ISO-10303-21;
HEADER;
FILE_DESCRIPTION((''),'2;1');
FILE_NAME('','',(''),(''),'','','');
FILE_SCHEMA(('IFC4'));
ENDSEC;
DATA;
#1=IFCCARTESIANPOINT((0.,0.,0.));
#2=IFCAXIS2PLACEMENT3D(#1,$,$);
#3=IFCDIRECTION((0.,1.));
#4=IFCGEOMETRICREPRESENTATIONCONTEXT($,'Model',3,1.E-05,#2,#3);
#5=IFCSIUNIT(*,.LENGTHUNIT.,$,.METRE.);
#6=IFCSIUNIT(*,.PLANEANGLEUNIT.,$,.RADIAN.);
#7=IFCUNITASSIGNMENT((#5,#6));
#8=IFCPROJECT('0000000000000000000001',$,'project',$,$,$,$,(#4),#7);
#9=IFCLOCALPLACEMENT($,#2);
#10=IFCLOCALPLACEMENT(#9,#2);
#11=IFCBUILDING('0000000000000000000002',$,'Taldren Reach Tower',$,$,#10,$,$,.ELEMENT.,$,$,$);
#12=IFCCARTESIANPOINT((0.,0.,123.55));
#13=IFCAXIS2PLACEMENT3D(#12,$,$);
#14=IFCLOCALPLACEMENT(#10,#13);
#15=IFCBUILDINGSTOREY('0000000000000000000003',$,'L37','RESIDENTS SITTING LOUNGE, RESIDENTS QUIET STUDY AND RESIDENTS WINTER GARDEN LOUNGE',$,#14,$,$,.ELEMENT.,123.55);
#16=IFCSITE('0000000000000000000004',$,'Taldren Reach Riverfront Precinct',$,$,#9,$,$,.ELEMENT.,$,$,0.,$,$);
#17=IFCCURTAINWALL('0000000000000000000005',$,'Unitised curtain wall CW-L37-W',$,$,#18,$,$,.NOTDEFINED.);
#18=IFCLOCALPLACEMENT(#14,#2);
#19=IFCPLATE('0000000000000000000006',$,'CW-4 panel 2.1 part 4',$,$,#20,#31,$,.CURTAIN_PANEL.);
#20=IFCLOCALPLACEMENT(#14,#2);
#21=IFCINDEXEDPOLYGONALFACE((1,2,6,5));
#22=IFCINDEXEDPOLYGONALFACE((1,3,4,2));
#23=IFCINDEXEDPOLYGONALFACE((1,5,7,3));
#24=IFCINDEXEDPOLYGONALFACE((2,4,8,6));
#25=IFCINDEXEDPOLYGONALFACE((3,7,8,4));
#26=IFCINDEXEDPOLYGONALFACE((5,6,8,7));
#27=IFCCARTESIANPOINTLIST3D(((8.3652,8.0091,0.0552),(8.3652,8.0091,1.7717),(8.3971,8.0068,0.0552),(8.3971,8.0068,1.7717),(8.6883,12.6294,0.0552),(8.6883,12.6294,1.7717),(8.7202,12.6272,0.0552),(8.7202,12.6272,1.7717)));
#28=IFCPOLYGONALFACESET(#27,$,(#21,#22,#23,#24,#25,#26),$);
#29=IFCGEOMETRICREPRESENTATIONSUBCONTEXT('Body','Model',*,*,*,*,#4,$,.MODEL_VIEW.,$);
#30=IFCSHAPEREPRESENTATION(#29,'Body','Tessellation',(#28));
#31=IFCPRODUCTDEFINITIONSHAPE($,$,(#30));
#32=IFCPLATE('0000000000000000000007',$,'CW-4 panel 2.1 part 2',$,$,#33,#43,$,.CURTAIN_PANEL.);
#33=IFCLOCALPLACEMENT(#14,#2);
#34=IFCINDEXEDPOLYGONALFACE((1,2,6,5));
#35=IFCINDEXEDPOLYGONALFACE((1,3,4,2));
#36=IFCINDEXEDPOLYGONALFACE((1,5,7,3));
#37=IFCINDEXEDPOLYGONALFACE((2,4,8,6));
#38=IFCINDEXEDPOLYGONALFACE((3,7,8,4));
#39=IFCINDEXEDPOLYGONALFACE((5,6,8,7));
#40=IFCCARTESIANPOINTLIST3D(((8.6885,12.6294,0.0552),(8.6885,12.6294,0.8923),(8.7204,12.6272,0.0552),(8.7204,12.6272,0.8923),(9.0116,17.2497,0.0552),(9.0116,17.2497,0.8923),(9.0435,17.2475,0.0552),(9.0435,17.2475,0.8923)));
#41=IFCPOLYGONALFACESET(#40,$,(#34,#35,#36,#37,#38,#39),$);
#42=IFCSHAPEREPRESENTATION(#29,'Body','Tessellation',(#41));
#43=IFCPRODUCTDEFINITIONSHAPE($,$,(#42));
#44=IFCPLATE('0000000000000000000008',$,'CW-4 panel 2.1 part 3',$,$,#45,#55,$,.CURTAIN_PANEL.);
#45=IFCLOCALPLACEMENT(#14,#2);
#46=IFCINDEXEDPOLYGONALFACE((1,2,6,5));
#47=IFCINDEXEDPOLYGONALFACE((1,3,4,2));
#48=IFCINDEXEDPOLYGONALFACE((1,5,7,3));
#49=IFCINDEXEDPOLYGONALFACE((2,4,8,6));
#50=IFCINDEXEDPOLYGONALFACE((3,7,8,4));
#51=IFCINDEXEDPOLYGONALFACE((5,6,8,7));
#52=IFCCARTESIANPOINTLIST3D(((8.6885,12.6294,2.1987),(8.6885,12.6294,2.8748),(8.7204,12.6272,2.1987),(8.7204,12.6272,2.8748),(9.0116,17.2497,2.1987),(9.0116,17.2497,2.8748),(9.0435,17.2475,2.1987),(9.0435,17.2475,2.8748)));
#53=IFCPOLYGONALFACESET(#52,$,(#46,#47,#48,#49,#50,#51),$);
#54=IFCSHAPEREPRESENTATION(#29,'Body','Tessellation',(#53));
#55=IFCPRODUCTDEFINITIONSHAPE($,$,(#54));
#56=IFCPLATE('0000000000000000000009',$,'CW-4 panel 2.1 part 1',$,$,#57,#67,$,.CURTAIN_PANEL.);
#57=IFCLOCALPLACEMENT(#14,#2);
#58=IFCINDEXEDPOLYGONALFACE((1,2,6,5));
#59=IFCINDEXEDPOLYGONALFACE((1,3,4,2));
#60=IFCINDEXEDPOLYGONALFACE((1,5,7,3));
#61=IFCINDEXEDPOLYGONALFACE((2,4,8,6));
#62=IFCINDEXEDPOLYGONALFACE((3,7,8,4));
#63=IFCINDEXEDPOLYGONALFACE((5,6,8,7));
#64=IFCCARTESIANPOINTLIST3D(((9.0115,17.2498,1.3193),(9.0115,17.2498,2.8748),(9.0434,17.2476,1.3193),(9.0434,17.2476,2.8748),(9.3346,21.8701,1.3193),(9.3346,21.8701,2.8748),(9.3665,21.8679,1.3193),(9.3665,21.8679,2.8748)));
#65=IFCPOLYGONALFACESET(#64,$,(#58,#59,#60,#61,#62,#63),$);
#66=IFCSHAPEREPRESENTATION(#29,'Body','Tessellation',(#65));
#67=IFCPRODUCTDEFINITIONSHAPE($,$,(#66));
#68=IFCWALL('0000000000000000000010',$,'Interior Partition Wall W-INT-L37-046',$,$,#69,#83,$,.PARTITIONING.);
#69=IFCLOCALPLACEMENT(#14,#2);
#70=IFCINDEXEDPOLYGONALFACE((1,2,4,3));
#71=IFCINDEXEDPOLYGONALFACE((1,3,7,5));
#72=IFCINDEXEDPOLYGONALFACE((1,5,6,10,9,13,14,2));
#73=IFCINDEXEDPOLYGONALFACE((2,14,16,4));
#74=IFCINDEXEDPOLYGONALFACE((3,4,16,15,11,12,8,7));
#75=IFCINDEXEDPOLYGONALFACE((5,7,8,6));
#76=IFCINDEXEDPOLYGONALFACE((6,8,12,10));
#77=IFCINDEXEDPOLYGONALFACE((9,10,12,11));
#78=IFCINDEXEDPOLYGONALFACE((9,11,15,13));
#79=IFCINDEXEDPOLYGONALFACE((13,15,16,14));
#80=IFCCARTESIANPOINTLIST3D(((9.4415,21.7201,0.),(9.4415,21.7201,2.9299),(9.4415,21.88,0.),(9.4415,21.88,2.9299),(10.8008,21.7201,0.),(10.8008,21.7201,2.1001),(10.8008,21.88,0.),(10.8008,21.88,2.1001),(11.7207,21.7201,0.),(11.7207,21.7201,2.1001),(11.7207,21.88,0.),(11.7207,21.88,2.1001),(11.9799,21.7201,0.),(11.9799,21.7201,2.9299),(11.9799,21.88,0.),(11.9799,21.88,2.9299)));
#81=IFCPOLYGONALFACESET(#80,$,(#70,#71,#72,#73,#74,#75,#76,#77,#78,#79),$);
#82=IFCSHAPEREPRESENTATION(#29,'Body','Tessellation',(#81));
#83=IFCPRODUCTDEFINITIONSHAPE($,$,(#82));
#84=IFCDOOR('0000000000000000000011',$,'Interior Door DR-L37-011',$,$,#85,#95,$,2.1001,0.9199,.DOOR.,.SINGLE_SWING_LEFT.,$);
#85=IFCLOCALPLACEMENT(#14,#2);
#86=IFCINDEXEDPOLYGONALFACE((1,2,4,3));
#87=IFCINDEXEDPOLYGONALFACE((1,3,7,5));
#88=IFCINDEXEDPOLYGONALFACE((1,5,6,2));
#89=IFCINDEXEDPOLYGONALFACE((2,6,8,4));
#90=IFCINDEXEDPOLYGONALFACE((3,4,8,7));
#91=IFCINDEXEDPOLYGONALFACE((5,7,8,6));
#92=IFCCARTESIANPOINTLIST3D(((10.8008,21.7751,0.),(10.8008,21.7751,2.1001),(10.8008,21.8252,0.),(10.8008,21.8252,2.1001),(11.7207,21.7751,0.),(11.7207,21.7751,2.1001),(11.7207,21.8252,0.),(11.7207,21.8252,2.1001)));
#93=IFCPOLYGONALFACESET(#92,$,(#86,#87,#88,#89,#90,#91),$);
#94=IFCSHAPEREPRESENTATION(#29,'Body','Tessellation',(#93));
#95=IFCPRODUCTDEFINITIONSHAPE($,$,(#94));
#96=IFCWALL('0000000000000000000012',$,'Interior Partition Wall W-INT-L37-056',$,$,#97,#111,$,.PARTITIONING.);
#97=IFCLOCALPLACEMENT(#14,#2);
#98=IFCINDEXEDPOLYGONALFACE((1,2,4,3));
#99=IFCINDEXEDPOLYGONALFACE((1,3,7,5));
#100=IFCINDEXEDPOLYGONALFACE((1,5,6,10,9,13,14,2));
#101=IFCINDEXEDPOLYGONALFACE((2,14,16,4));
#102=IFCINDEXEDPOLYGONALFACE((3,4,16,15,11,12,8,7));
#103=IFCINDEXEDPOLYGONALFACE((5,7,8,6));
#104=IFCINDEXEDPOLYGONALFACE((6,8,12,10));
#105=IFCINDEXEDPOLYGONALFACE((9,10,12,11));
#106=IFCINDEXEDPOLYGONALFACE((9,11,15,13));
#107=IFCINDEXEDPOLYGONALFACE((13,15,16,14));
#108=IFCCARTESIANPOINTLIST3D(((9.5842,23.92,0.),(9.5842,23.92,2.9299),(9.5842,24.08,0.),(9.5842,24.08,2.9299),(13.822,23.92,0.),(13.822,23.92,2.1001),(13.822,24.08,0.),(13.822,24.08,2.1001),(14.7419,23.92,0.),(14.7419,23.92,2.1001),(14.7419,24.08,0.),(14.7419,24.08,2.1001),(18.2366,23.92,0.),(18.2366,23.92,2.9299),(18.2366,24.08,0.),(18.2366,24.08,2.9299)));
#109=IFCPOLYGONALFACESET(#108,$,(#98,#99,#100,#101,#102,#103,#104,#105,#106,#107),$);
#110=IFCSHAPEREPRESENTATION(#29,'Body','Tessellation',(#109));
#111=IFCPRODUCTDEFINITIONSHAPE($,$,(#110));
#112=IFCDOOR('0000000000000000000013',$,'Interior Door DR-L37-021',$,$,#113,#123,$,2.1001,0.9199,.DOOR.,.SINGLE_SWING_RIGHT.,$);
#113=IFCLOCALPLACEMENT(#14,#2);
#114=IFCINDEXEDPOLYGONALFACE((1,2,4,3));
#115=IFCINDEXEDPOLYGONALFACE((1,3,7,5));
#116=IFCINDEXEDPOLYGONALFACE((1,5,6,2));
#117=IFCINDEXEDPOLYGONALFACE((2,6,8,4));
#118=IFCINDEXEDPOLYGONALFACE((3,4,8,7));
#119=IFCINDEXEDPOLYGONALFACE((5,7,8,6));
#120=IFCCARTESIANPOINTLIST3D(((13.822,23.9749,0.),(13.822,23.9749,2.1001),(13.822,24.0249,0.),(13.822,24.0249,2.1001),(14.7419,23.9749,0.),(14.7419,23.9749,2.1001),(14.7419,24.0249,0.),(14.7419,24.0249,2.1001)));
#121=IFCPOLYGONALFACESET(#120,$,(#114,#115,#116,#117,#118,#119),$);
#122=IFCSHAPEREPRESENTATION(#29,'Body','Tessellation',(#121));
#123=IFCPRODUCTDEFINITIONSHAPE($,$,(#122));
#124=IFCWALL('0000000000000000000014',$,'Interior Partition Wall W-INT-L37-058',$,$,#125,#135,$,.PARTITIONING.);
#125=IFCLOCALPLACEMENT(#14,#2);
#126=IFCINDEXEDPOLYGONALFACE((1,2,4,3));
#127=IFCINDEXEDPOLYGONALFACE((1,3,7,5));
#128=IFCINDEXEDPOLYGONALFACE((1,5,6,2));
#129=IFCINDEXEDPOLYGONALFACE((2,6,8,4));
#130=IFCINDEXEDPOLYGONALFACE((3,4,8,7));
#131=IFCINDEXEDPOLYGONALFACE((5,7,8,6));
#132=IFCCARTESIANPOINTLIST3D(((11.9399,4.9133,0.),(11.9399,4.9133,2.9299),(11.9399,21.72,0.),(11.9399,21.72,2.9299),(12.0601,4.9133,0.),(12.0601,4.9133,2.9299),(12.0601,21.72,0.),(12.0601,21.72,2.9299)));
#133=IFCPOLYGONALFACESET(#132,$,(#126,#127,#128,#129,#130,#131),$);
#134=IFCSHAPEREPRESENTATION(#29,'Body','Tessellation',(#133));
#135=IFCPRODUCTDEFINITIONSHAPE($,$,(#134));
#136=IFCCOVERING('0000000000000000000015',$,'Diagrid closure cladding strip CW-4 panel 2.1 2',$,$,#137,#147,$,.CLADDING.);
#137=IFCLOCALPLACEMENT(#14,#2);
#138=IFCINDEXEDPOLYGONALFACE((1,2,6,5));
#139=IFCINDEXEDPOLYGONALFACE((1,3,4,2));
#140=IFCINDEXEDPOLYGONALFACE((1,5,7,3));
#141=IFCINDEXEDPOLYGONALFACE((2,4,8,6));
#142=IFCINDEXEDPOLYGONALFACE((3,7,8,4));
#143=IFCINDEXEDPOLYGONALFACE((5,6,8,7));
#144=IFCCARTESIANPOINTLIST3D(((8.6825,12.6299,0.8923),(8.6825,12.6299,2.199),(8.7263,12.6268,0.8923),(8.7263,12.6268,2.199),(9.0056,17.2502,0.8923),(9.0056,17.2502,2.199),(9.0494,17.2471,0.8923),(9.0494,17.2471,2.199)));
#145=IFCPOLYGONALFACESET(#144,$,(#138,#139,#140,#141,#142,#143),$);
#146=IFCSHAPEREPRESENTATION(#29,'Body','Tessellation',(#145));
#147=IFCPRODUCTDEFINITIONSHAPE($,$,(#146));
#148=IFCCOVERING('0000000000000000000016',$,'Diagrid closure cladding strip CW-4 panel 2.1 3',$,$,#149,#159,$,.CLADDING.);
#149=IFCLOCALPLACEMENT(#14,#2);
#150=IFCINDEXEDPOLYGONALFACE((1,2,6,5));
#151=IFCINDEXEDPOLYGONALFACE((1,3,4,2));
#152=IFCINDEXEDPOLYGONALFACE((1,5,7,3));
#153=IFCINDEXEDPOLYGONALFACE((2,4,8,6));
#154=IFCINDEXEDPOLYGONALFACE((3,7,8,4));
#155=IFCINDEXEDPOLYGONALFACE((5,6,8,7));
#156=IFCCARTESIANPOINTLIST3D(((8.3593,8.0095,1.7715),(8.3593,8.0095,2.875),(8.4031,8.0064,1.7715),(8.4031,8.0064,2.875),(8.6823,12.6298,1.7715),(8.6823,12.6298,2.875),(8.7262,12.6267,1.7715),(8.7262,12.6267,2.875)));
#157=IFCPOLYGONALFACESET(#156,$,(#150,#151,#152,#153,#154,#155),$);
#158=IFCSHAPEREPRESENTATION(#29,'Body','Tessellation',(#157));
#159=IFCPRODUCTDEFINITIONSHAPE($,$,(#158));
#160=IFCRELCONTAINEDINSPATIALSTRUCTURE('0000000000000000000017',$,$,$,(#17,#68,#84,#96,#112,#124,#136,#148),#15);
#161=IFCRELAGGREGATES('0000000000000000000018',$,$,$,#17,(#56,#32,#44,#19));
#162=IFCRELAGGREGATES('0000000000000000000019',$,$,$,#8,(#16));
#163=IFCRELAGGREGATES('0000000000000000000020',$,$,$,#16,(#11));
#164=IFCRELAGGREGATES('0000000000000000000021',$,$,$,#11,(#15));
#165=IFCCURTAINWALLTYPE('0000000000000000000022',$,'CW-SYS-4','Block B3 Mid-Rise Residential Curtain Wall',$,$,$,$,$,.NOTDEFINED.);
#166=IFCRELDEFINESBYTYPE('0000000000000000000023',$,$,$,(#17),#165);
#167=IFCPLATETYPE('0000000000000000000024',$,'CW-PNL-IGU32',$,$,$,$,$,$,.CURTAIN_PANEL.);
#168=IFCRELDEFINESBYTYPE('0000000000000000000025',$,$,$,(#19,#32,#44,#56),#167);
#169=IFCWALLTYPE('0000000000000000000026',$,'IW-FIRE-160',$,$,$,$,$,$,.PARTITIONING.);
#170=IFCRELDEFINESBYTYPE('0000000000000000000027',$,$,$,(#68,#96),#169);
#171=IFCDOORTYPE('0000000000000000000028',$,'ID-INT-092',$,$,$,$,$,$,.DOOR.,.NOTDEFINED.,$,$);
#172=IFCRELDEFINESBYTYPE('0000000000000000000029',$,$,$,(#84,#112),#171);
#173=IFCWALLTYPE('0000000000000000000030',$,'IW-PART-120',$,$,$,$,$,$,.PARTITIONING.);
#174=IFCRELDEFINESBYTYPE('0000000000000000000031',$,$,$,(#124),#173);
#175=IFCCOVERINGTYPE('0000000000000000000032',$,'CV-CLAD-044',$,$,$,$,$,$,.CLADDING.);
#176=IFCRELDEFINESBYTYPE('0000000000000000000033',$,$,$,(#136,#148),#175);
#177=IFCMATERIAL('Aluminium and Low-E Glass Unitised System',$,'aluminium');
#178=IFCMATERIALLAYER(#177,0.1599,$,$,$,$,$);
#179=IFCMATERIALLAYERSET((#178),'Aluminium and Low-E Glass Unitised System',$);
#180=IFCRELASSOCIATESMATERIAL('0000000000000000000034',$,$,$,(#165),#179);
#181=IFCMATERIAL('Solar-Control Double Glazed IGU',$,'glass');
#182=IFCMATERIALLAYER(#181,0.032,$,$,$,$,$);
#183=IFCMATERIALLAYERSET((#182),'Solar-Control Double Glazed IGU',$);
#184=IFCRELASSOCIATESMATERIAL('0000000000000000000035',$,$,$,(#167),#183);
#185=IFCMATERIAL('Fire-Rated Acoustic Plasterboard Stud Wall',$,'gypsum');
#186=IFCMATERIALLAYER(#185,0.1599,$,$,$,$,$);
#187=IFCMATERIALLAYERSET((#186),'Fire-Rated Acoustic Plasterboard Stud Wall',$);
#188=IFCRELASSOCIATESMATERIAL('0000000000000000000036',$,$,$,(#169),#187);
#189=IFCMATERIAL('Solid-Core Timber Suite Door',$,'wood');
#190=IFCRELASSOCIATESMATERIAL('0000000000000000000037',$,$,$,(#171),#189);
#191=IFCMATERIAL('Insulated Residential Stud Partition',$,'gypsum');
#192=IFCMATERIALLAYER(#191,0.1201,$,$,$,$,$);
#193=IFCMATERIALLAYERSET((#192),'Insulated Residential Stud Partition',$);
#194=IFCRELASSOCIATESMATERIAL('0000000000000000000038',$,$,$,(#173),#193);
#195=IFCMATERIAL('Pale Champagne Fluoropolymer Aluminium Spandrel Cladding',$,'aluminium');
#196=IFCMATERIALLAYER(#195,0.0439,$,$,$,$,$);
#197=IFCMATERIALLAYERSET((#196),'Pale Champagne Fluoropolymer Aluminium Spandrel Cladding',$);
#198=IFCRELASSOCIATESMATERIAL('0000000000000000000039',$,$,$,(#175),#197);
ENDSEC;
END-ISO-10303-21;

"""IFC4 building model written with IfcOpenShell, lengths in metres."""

from ifc_helpers import new_model, si_unit, direction, frame, frame_2d, origin, origin_2d, place, context, subcontext, project, spatial, rectangle, extrude, source, transform, mapped, material, layer, layer_set, type_object, element, fill, aggregate, save


model = new_model("IFC4")

# Units and contexts
model_context = context("Model", 3, precision=1e-05, world=origin(), true_north=direction((0.0, 1.0)))
body_context = subcontext(model_context, "Body", "Model", "MODEL_VIEW")
ifc_project = project(units=[si_unit("LENGTHUNIT", "METRE"), si_unit("PLANEANGLEUNIT", "RADIAN")], contexts=[model_context])

# Site, building, storey
site_placement = place(None, origin())
site = spatial("IfcSite", under=ifc_project, at=site_placement, Name="Taldren Reach Riverfront Precinct", CompositionType="ELEMENT", RefElevation=0.0)
building_placement = place(site_placement, origin())
building = spatial("IfcBuilding", under=site, at=building_placement, Name="Taldren Reach Tower", CompositionType="ELEMENT")
storey_placement = place(building_placement, frame((0.0, 0.0, 123.55)))
storey = spatial("IfcBuildingStorey", under=building, at=storey_placement, Name="L37", Description="RESIDENTS SITTING LOUNGE, RESIDENTS QUIET STUDY AND RESIDENTS WINTER GARDEN LOUNGE", CompositionType="ELEMENT", Elevation=123.55)

# Curtain wall
ifc_material_1 = material(Name="Aluminium and Low-E Glass Unitised System", Category="aluminium")
ifc_layer_1 = layer(ifc_material_1, 0.1599)
ifc_layer_set_1 = layer_set([ifc_layer_1], Name="Aluminium and Low-E Glass Unitised System")
curtain_wall_type = type_object("IfcCurtainWallType", Name="CW-SYS-4", Description="Block B3 Mid-Rise Residential Curtain Wall", PredefinedType="NOTDEFINED", material=ifc_layer_set_1)
curtain_wall_placement = place(storey_placement, origin())
curtain_wall = element("IfcCurtainWall", 1, at=curtain_wall_placement, inside=storey, type_object=curtain_wall_type, Name="Unitised curtain wall CW-L37-W", PredefinedType="NOTDEFINED")

# Plates
ifc_material_2 = material(Name="Solar-Control Double Glazed IGU", Category="glass")
ifc_layer_2 = layer(ifc_material_2, 0.032)
ifc_layer_set_2 = layer_set([ifc_layer_2], Name="Solar-Control Double Glazed IGU")
plate_type_1 = type_object("IfcPlateType", Name="CW-PNL-IGU32", PredefinedType="CURTAIN_PANEL", material=ifc_layer_set_2)
shared_shape_1 = source(origin(), body_context, "Body", "SweptSolid", [
    extrude(rectangle(XDim=4.6316, YDim=0.032, at=origin_2d()), origin(), (0.0, 0.0, 1.0), 1.7166),
])
plate_1_placement = place(storey_placement, frame((8.5427, 10.3181, 0.0552), z_axis=(0.0, 0.0, 1.0), x_axis=(-0.069756, -0.997564, 0.0)))
plate_1 = element("IfcPlate", 2, at=plate_1_placement, type_object=plate_type_1, Name="CW-4 panel 2.1 part 4", PredefinedType="CURTAIN_PANEL", context=body_context, shape_type="MappedRepresentation", body=[
    mapped(shared_shape_1, transform((0.0, 0.0, 0.0), scale=1.0)),
])
shared_shape_2 = source(origin(), body_context, "Body", "SweptSolid", [
    extrude(rectangle(XDim=4.6316, YDim=0.032, at=origin_2d()), origin(), (0.0, 0.0, 1.0), 0.8372),
])
plate_2_placement = place(storey_placement, frame((8.866, 14.9385, 0.0552), z_axis=(0.0, 0.0, 1.0), x_axis=(-0.069756, -0.997564, 0.0)))
plate_2 = element("IfcPlate", 3, at=plate_2_placement, type_object=plate_type_1, Name="CW-4 panel 2.1 part 2", PredefinedType="CURTAIN_PANEL", context=body_context, shape_type="MappedRepresentation", body=[
    mapped(shared_shape_2, transform((0.0, 0.0, 0.0), scale=1.0)),
])
shared_shape_3 = source(origin(), body_context, "Body", "SweptSolid", [
    extrude(rectangle(XDim=4.6316, YDim=0.032, at=origin_2d()), origin(), (0.0, 0.0, 1.0), 0.676),
])
plate_3_placement = place(storey_placement, frame((8.866, 14.9385, 2.1987), z_axis=(0.0, 0.0, 1.0), x_axis=(-0.069756, -0.997564, 0.0)))
plate_3 = element("IfcPlate", 4, at=plate_3_placement, type_object=plate_type_1, Name="CW-4 panel 2.1 part 3", PredefinedType="CURTAIN_PANEL", context=body_context, shape_type="MappedRepresentation", body=[
    mapped(shared_shape_3, transform((0.0, 0.0, 0.0), scale=1.0)),
])
shared_shape_4 = source(origin(), body_context, "Body", "SweptSolid", [
    extrude(rectangle(XDim=4.6316, YDim=0.032, at=origin_2d()), origin(), (0.0, 0.0, 1.0), 1.5554),
])
plate_4_placement = place(storey_placement, frame((9.189, 19.5588, 1.3193), z_axis=(0.0, 0.0, 1.0), x_axis=(-0.069756, -0.997564, 0.0)))
plate_4 = element("IfcPlate", 5, at=plate_4_placement, type_object=plate_type_1, Name="CW-4 panel 2.1 part 1", PredefinedType="CURTAIN_PANEL", context=body_context, shape_type="MappedRepresentation", body=[
    mapped(shared_shape_4, transform((0.0, 0.0, 0.0), scale=1.0)),
])
aggregate(curtain_wall, [plate_4, plate_2, plate_3, plate_1])

# Walls, openings, doors
ifc_material_3 = material(Name="Fire-Rated Acoustic Plasterboard Stud Wall", Category="gypsum")
ifc_layer_3 = layer(ifc_material_3, 0.1599)
ifc_layer_set_3 = layer_set([ifc_layer_3], Name="Fire-Rated Acoustic Plasterboard Stud Wall")
wall_type_1 = type_object("IfcWallType", Name="IW-FIRE-160", PredefinedType="PARTITIONING", material=ifc_layer_set_3)
shared_shape_5 = source(origin(), body_context, "Body", "SweptSolid", [
    extrude(rectangle(XDim=2.5383, YDim=0.1599, at=frame_2d((1.269, 0.0))), origin(), (0.0, 0.0, 1.0), 2.9299),
])
wall_1_placement = place(storey_placement, frame((11.9797, 21.8, 0.0), z_axis=(0.0, 0.0, 1.0), x_axis=(-1.0, 0.0, 0.0)))
wall_1 = element("IfcWall", 6, at=wall_1_placement, inside=storey, type_object=wall_type_1, Name="Interior Partition Wall W-INT-L37-046", PredefinedType="PARTITIONING", context=body_context, shape_type="MappedRepresentation", body=[
    mapped(shared_shape_5, transform((0.0, 0.0, 0.0), scale=1.0)),
])
shared_shape_6 = source(origin(), body_context, "Body", "SweptSolid", [
    extrude(rectangle(XDim=0.9199, YDim=2.1001, at=frame_2d((0.46, 1.05))), frame((0.0, 0.0898, 0.0), z_axis=(0.0, -1.0, 0.0), x_axis=(1.0, 0.0, 0.0)), (0.0, 0.0, 1.0), 0.1799),
])
opening_1_placement = place(wall_1_placement, frame((0.259, 0.0, 0.0)))
opening_1 = element("IfcOpeningElement", 7, at=opening_1_placement, cuts=wall_1, PredefinedType="OPENING", context=body_context, shape_type="MappedRepresentation", body=[
    mapped(shared_shape_6, transform((0.0, 0.0, 0.0), scale=1.0)),
])
ifc_material_4 = material(Name="Solid-Core Timber Suite Door", Category="wood")
door_type = type_object("IfcDoorType", Name="ID-INT-092", OperationType="NOTDEFINED", PredefinedType="DOOR", material=ifc_material_4)
shared_shape_7 = source(origin(), body_context, "Body", "SweptSolid", [
    extrude(rectangle(XDim=0.9199, YDim=2.1001, at=frame_2d((0.46, 1.05))), frame((0.0, 0.0249, 0.0), z_axis=(0.0, -1.0, 0.0), x_axis=(1.0, 0.0, 0.0)), (0.0, 0.0, 1.0), 0.05),
])
door_1_placement = place(opening_1_placement, origin())
door_1 = element("IfcDoor", 8, at=door_1_placement, inside=storey, type_object=door_type, Name="Interior Door DR-L37-011", OperationType="SINGLE_SWING_LEFT", OverallHeight=2.1001, OverallWidth=0.9199, PredefinedType="DOOR", context=body_context, shape_type="MappedRepresentation", body=[
    mapped(shared_shape_7, transform((0.0, 0.0, 0.0), scale=1.0)),
])
fill(opening_1, door_1)
shared_shape_8 = source(origin(), body_context, "Body", "SweptSolid", [
    extrude(rectangle(XDim=8.6523, YDim=0.1599, at=frame_2d((4.3262, 0.0))), origin(), (0.0, 0.0, 1.0), 2.9299),
])
wall_2_placement = place(storey_placement, frame((9.5842, 24.0, 0.0), z_axis=(0.0, 0.0, 1.0), x_axis=(1.0, 0.0, 0.0)))
wall_2 = element("IfcWall", 9, at=wall_2_placement, inside=storey, type_object=wall_type_1, Name="Interior Partition Wall W-INT-L37-056", PredefinedType="PARTITIONING", context=body_context, shape_type="MappedRepresentation", body=[
    mapped(shared_shape_8, transform((0.0, 0.0, 0.0), scale=1.0)),
])
opening_2_placement = place(wall_2_placement, frame((4.2378, 0.0, 0.0)))
opening_2 = element("IfcOpeningElement", 10, at=opening_2_placement, cuts=wall_2, PredefinedType="OPENING", context=body_context, shape_type="MappedRepresentation", body=[
    mapped(shared_shape_6, transform((0.0, 0.0, 0.0), scale=1.0)),
])
door_2_placement = place(opening_2_placement, origin())
door_2 = element("IfcDoor", 11, at=door_2_placement, inside=storey, type_object=door_type, Name="Interior Door DR-L37-021", OperationType="SINGLE_SWING_RIGHT", OverallHeight=2.1001, OverallWidth=0.9199, PredefinedType="DOOR", context=body_context, shape_type="MappedRepresentation", body=[
    mapped(shared_shape_7, transform((0.0, 0.0, 0.0), scale=1.0)),
])
fill(opening_2, door_2)

# Wall
ifc_material_5 = material(Name="Insulated Residential Stud Partition", Category="gypsum")
ifc_layer_4 = layer(ifc_material_5, 0.1201)
ifc_layer_set_4 = layer_set([ifc_layer_4], Name="Insulated Residential Stud Partition")
wall_type_2 = type_object("IfcWallType", Name="IW-PART-120", PredefinedType="PARTITIONING", material=ifc_layer_set_4)
shared_shape_9 = source(origin(), body_context, "Body", "SweptSolid", [
    extrude(rectangle(XDim=16.8066, YDim=0.1201, at=frame_2d((8.4033, 0.0))), origin(), (0.0, 0.0, 1.0), 2.9299),
])
wall_3_placement = place(storey_placement, frame((12.0, 21.72, 0.0), z_axis=(0.0, 0.0, 1.0), x_axis=(0.0, -1.0, 0.0)))
element("IfcWall", 12, at=wall_3_placement, inside=storey, type_object=wall_type_2, Name="Interior Partition Wall W-INT-L37-058", PredefinedType="PARTITIONING", context=body_context, shape_type="MappedRepresentation", body=[
    mapped(shared_shape_9, transform((0.0, 0.0, 0.0), scale=1.0)),
])

# Coverings
ifc_material_6 = material(Name="Pale Champagne Fluoropolymer Aluminium Spandrel Cladding", Category="aluminium")
ifc_layer_5 = layer(ifc_material_6, 0.0439)
ifc_layer_set_5 = layer_set([ifc_layer_5], Name="Pale Champagne Fluoropolymer Aluminium Spandrel Cladding")
covering_type = type_object("IfcCoveringType", Name="CV-CLAD-044", PredefinedType="CLADDING", material=ifc_layer_set_5)
shared_shape_10 = source(origin(), body_context, "Body", "SweptSolid", [
    extrude(rectangle(XDim=4.6316, YDim=0.0439, at=origin_2d()), origin(), (0.0, 0.0, 1.0), 1.3066),
])
covering_1_placement = place(storey_placement, frame((8.866, 14.9385, 0.8923), z_axis=(0.0, 0.0, 1.0), x_axis=(-0.069756, -0.997564, 0.0)))
element("IfcCovering", 13, at=covering_1_placement, inside=storey, type_object=covering_type, Name="Diagrid closure cladding strip CW-4 panel 2.1 2", PredefinedType="CLADDING", context=body_context, shape_type="MappedRepresentation", body=[
    mapped(shared_shape_10, transform((0.0, 0.0, 0.0), scale=1.0)),
])
shared_shape_11 = source(origin(), body_context, "Body", "SweptSolid", [
    extrude(rectangle(XDim=4.6316, YDim=0.0439, at=origin_2d()), origin(), (0.0, 0.0, 1.0), 1.1035),
])
covering_2_placement = place(storey_placement, frame((8.5427, 10.3181, 1.7715), z_axis=(0.0, 0.0, 1.0), x_axis=(-0.069756, -0.997564, 0.0)))
element("IfcCovering", 14, at=covering_2_placement, inside=storey, type_object=covering_type, Name="Diagrid closure cladding strip CW-4 panel 2.1 3", PredefinedType="CLADDING", context=body_context, shape_type="MappedRepresentation", body=[
    mapped(shared_shape_11, transform((0.0, 0.0, 0.0), scale=1.0)),
])

save(model, "model.ifc")
